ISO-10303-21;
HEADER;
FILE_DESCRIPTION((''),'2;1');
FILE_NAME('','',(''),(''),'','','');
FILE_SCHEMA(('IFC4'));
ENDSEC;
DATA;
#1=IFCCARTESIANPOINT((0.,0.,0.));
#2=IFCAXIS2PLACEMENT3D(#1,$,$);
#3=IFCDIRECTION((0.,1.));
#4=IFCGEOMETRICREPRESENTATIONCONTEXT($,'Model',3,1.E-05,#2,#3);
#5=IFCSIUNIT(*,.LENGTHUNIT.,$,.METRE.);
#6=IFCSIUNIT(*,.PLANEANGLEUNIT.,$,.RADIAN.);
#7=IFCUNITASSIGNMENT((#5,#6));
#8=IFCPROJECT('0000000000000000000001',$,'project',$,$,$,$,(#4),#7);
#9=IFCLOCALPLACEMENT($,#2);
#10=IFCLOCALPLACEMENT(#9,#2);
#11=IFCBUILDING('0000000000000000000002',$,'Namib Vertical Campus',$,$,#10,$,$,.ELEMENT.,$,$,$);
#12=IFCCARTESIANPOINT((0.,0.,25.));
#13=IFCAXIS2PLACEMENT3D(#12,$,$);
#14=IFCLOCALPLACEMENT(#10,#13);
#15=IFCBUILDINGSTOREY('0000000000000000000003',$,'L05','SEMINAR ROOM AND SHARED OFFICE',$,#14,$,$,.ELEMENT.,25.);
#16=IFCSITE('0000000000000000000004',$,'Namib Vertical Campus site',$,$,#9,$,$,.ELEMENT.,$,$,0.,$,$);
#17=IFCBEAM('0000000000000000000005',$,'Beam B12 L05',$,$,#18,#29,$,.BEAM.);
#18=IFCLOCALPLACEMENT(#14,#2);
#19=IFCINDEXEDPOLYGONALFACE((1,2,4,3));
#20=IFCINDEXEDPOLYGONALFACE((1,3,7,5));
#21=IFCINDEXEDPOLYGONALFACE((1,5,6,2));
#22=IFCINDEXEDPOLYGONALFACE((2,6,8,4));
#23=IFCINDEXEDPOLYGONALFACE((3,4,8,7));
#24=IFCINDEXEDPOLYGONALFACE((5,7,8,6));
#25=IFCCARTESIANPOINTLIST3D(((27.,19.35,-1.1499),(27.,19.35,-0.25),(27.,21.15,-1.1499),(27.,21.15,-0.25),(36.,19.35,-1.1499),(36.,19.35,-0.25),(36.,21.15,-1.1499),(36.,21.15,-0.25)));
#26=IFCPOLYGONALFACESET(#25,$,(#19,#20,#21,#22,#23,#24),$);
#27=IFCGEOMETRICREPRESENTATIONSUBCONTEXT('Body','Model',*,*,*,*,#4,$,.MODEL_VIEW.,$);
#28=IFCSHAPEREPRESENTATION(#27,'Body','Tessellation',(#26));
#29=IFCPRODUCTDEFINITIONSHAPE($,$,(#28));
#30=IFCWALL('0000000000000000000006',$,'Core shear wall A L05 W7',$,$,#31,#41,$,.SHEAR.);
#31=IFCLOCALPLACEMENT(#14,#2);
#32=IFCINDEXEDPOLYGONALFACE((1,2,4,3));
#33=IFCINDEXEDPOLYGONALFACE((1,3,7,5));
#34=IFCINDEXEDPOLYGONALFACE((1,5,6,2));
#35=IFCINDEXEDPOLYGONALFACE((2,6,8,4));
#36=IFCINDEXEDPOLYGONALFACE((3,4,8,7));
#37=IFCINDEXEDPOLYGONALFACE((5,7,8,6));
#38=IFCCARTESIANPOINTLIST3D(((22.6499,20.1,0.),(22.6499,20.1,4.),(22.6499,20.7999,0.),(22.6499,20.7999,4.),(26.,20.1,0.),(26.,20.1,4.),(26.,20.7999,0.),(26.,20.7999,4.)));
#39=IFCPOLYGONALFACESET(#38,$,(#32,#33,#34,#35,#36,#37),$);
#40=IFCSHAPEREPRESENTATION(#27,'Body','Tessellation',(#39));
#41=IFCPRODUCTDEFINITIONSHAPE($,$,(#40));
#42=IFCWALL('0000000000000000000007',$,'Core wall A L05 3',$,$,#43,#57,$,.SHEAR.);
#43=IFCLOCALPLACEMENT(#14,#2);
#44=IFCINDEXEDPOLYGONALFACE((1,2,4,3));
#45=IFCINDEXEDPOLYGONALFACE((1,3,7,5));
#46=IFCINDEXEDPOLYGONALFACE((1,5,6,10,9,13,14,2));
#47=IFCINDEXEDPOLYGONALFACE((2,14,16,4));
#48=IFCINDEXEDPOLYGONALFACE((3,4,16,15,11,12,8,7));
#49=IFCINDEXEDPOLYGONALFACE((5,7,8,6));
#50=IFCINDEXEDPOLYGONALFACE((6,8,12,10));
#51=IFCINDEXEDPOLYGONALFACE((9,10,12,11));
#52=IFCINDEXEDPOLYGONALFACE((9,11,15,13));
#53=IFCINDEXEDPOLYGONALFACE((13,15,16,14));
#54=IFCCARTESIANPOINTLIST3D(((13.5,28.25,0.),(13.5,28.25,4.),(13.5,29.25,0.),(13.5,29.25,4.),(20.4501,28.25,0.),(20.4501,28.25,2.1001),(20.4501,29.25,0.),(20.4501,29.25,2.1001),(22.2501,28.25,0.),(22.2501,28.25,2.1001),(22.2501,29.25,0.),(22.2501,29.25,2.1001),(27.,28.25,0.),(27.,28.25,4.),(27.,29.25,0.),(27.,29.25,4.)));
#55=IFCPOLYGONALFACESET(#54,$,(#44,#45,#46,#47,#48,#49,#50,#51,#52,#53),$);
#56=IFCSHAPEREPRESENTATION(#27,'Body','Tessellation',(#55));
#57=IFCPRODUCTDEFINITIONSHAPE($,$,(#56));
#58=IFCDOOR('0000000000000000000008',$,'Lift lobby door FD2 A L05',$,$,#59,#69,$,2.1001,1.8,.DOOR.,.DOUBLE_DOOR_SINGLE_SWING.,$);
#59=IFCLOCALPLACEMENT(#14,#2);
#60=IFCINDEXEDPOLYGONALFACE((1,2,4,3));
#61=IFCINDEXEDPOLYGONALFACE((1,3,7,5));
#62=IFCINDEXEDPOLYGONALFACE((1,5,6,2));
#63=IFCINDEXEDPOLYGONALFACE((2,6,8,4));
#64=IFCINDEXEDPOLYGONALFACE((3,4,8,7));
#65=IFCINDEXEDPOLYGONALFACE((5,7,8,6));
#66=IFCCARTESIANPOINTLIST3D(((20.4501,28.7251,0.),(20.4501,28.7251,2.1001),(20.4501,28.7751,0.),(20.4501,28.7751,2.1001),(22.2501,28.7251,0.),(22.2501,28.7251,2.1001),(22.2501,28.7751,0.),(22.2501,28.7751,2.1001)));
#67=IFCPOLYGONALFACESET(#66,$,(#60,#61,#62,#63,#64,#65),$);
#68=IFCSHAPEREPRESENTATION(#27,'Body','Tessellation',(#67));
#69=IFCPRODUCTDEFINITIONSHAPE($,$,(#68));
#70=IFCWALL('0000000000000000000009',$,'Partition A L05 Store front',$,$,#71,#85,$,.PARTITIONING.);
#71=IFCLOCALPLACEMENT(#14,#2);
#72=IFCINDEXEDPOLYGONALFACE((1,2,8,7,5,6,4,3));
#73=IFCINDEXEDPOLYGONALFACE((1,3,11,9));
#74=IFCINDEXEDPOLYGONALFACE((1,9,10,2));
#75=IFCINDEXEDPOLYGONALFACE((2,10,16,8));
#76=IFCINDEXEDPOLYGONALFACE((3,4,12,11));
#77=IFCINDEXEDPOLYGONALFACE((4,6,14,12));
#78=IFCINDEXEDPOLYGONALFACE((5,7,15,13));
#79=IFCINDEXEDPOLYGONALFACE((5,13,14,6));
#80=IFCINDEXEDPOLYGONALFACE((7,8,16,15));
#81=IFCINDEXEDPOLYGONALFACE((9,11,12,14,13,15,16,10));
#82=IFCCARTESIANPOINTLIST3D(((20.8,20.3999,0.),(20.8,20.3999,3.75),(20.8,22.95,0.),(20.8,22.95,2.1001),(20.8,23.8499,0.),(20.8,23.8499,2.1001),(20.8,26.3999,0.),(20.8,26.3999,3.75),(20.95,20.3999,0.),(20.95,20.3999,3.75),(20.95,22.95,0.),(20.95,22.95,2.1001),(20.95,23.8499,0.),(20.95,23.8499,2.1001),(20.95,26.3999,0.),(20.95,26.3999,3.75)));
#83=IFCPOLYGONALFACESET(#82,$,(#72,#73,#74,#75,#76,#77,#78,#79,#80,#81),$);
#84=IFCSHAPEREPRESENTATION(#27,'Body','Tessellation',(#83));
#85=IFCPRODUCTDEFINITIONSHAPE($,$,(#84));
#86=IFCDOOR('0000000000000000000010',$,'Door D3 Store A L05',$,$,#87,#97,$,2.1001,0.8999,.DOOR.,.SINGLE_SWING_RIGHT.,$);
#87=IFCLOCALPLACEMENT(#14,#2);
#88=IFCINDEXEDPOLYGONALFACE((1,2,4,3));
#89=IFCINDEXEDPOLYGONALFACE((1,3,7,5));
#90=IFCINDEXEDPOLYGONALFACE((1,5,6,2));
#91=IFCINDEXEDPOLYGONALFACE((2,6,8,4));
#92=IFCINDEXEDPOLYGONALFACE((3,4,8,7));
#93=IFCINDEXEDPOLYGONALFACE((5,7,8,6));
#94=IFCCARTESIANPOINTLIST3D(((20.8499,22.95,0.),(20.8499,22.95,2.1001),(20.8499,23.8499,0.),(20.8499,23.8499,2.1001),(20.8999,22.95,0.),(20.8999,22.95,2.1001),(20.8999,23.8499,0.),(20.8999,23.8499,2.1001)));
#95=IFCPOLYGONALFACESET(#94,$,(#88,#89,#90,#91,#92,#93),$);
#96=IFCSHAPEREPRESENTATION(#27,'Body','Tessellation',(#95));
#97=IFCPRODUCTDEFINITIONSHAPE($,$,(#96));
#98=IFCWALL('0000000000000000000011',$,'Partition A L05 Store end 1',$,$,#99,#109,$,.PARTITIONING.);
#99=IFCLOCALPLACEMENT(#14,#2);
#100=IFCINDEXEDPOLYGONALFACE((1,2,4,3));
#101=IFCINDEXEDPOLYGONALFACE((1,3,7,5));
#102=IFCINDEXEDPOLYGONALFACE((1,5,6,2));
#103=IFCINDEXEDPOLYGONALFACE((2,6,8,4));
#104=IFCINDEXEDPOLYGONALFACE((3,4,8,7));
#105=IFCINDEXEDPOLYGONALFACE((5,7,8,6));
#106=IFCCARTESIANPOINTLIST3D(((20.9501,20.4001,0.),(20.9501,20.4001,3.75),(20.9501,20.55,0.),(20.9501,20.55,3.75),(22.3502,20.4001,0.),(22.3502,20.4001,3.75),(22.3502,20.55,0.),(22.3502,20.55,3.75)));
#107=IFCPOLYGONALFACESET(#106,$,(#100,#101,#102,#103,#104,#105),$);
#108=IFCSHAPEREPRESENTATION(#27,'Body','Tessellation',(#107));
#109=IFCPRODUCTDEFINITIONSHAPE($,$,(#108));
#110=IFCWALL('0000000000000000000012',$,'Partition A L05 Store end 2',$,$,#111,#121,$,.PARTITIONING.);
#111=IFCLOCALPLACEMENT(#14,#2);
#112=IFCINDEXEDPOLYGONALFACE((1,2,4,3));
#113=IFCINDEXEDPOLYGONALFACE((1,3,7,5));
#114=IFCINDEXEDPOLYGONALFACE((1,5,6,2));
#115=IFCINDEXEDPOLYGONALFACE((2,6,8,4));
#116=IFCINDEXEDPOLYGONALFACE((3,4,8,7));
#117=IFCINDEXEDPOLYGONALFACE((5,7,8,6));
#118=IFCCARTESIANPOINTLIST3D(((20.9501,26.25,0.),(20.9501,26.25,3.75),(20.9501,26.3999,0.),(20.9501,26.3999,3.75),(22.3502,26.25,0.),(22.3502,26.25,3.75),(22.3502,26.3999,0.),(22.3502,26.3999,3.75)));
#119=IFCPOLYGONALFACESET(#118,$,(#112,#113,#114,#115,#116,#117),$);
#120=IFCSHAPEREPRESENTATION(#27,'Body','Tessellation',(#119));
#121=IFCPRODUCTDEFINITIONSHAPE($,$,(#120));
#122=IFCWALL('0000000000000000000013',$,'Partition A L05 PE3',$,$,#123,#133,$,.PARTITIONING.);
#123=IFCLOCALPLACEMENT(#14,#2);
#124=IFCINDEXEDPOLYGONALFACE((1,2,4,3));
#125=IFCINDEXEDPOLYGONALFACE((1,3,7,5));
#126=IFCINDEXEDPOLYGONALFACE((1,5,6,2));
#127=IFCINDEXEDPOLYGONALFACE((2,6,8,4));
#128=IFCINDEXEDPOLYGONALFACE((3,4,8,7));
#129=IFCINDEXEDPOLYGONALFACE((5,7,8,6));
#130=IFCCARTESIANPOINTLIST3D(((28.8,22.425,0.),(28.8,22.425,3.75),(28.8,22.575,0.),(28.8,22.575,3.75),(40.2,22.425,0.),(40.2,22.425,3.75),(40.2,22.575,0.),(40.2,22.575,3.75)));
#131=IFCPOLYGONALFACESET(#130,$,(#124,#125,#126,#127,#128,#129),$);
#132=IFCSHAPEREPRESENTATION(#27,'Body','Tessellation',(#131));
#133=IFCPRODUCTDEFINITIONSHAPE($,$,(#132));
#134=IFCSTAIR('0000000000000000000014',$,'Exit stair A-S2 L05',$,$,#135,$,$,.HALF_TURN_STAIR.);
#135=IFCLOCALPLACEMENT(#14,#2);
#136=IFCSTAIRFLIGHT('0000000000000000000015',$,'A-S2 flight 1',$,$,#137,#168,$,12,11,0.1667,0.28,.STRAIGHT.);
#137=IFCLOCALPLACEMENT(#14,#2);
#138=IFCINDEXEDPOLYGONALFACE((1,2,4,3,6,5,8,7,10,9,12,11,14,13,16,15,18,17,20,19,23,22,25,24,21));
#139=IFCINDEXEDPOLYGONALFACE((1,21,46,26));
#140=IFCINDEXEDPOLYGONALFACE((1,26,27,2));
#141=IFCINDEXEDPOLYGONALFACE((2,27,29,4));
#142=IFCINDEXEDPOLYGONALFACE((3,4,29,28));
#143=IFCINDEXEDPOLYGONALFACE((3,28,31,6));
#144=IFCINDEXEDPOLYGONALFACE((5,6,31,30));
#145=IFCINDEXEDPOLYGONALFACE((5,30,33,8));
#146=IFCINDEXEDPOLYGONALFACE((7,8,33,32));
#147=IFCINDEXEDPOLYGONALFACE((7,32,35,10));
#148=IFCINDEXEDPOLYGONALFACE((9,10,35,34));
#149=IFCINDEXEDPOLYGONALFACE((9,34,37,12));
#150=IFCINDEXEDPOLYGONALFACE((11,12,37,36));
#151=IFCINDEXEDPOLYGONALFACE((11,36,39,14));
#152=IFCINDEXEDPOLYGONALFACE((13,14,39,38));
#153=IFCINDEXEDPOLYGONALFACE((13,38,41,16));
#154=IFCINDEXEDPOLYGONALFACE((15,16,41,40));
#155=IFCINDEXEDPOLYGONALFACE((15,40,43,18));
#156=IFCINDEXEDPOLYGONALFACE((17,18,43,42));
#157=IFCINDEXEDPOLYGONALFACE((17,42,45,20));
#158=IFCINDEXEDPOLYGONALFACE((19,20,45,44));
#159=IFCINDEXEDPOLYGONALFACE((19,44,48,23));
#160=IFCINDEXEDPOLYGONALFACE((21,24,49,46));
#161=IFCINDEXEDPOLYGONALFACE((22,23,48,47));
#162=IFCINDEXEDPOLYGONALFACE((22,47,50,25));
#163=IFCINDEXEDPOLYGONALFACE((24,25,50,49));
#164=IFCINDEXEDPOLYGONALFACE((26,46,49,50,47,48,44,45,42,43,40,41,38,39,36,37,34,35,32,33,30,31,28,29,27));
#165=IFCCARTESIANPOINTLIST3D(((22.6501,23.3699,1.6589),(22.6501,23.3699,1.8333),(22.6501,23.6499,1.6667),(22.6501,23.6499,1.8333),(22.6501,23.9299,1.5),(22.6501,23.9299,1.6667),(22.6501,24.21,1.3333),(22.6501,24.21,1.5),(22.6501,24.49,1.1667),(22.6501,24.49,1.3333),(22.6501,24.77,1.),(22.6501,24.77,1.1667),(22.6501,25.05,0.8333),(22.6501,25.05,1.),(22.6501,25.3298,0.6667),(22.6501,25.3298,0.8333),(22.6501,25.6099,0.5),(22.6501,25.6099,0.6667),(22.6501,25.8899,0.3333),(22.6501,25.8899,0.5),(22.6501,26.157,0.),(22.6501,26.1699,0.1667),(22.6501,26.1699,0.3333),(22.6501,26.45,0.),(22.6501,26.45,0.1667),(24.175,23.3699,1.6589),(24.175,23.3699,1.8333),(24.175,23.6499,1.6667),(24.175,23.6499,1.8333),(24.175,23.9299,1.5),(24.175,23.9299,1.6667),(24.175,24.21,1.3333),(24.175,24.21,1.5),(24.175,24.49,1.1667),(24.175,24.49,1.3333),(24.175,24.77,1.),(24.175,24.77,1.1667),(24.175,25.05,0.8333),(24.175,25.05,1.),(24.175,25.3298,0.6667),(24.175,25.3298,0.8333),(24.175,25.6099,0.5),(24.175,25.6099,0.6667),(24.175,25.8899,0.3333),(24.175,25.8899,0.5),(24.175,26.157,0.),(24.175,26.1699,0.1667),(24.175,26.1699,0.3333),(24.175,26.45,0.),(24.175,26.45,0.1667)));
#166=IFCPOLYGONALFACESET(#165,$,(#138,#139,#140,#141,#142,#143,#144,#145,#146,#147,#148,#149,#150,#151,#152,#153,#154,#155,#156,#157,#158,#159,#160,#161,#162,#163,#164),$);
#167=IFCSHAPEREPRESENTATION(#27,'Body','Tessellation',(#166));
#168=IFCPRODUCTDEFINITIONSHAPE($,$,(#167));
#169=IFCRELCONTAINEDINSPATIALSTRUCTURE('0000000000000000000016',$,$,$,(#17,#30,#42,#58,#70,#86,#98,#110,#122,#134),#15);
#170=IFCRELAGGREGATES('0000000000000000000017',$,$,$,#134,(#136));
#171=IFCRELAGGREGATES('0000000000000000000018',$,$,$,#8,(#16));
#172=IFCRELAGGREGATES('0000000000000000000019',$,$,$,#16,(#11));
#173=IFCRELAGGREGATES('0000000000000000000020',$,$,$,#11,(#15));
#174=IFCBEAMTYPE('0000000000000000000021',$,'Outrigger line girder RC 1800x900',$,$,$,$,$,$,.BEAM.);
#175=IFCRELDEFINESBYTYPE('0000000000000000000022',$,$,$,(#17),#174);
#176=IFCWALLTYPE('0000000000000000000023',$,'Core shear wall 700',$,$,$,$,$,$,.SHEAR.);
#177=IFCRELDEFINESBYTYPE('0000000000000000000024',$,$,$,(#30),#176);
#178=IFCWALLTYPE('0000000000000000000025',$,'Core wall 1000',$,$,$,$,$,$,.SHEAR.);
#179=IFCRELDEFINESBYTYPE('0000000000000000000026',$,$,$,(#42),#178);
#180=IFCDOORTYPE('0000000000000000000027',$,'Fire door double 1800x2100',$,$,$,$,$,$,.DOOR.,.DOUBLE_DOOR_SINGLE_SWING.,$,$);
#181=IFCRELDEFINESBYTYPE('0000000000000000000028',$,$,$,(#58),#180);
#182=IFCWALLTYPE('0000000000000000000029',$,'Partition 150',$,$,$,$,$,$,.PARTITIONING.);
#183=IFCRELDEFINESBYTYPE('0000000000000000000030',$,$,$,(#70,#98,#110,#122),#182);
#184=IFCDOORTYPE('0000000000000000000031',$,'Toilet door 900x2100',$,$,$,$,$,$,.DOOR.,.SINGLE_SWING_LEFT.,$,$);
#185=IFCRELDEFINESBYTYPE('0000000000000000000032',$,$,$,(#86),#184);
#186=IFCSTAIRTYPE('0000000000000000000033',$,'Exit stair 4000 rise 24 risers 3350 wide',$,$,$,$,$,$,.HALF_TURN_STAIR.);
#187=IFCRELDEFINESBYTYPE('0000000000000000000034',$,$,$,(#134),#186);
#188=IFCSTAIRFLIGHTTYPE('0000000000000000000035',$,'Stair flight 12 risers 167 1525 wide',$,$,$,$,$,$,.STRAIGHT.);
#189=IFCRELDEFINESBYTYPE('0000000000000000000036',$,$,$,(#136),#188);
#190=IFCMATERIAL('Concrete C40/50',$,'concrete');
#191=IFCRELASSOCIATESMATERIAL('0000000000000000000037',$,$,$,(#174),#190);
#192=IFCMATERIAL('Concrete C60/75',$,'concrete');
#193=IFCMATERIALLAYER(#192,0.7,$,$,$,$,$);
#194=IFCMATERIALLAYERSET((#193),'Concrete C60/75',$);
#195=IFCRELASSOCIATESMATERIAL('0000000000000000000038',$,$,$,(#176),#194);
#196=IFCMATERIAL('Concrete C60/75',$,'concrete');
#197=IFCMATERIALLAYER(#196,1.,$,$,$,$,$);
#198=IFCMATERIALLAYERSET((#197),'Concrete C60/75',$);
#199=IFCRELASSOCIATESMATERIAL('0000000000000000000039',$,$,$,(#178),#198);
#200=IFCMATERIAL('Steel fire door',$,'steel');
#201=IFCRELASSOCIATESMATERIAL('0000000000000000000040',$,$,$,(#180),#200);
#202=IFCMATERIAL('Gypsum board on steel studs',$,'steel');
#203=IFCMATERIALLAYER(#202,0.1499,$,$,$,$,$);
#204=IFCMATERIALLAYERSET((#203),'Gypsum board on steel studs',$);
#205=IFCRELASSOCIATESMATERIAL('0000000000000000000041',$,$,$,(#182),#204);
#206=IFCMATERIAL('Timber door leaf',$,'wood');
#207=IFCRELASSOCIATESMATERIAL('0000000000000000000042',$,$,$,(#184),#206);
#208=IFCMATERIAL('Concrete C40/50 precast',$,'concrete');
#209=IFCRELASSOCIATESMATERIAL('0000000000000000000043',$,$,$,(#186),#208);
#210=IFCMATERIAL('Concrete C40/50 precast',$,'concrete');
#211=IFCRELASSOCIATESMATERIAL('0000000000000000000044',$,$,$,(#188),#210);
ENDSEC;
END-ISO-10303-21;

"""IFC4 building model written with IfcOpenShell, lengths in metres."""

from ifc_helpers import new_model, si_unit, direction, frame, frame_2d, origin, origin_2d, place, context, subcontext, project, spatial, polyline, rectangle, outline, extrude, material, layer, layer_set, material_profile, profile_set, type_object, element, fill, aggregate, save


model = new_model("IFC4")

# Units and contexts
model_context = context("Model", 3, precision=1e-05, world=origin(), true_north=direction((0.0, 1.0)))
body_context = subcontext(model_context, "Body", "Model", "MODEL_VIEW")
ifc_project = project(units=[si_unit("LENGTHUNIT", "METRE"), si_unit("PLANEANGLEUNIT", "RADIAN")], contexts=[model_context])

# Site, building, storey
site_placement = place(None, origin())
site = spatial("IfcSite", under=ifc_project, at=site_placement, Name="Namib Vertical Campus site", CompositionType="ELEMENT", RefElevation=0.0)
building_placement = place(site_placement, origin())
building = spatial("IfcBuilding", under=site, at=building_placement, Name="Namib Vertical Campus", CompositionType="ELEMENT")
storey_placement = place(building_placement, frame((0.0, 0.0, 25.0)))
storey = spatial("IfcBuildingStorey", under=building, at=storey_placement, Name="L05", Description="SEMINAR ROOM AND SHARED OFFICE", CompositionType="ELEMENT", Elevation=25.0)

# Beam
ifc_material_1 = material(Name="Concrete C40/50", Category="concrete")
ifc_material_profile_1 = material_profile(ifc_material_1, rectangle(XDim=1.8, YDim=0.8999, at=origin_2d()))
ifc_profile_set_1 = profile_set([ifc_material_profile_1], Name="Concrete C40/50")
beam_type_1 = type_object("IfcBeamType", Name="Outrigger line girder RC 1800x900", PredefinedType="BEAM", material=ifc_profile_set_1)
beam_1_placement = place(storey_placement, frame((36.0, 20.25, -0.7), z_axis=(-1.0, 0.0, 0.0), x_axis=(0.0, -1.0, 0.0)))
element("IfcBeam", 1, at=beam_1_placement, inside=storey, type_object=beam_type_1, Name="Beam B12 L05", PredefinedType="BEAM", context=body_context, shape_type="SweptSolid", body=[
    extrude(rectangle(XDim=1.8, YDim=0.8999, at=origin_2d()), origin(), (0.0, 0.0, 1.0), 9.0),
])

# Wall
ifc_material_2 = material(Name="Concrete C60/75", Category="concrete")
ifc_layer_1 = layer(ifc_material_2, 0.7)
ifc_layer_set_1 = layer_set([ifc_layer_1], Name="Concrete C60/75")
wall_type_1 = type_object("IfcWallType", Name="Core shear wall 700", PredefinedType="SHEAR", material=ifc_layer_set_1)
wall_1_placement = place(storey_placement, frame((22.6499, 20.45, 0.0), z_axis=(0.0, 0.0, 1.0), x_axis=(1.0, 0.0, 0.0)))
element("IfcWall", 2, at=wall_1_placement, inside=storey, type_object=wall_type_1, Name="Core shear wall A L05 W7", PredefinedType="SHEAR", context=body_context, shape_type="SweptSolid", body=[
    extrude(rectangle(XDim=3.3501, YDim=0.7, at=frame_2d((1.675, 0.0))), origin(), (0.0, 0.0, 1.0), 4.0),
])

# Walls, openings, doors
ifc_material_3 = material(Name="Concrete C60/75", Category="concrete")
ifc_layer_2 = layer(ifc_material_3, 1.0)
ifc_layer_set_2 = layer_set([ifc_layer_2], Name="Concrete C60/75")
wall_type_2 = type_object("IfcWallType", Name="Core wall 1000", PredefinedType="SHEAR", material=ifc_layer_set_2)
wall_2_placement = place(storey_placement, frame((27.0, 28.75, 0.0), z_axis=(0.0, 0.0, 1.0), x_axis=(-1.0, 0.0, 0.0)))
wall_2 = element("IfcWall", 3, at=wall_2_placement, inside=storey, type_object=wall_type_2, Name="Core wall A L05 3", PredefinedType="SHEAR", context=body_context, shape_type="SweptSolid", body=[
    extrude(rectangle(XDim=13.5, YDim=1.0, at=frame_2d((6.75, 0.0))), origin(), (0.0, 0.0, 1.0), 4.0),
])
opening_1_placement = place(wall_2_placement, frame((4.75, 0.0, 0.0)))
opening_1 = element("IfcOpeningElement", 4, at=opening_1_placement, cuts=wall_2, PredefinedType="OPENING", context=body_context, shape_type="SweptSolid", body=[
    extrude(rectangle(XDim=1.8, YDim=2.1001, at=frame_2d((0.8999, 1.05))), frame((0.0, 0.51, 0.0), z_axis=(0.0, -1.0, 0.0), x_axis=(1.0, 0.0, 0.0)), (0.0, 0.0, 1.0), 1.02),
])
ifc_material_4 = material(Name="Steel fire door", Category="steel")
door_type_1 = type_object("IfcDoorType", Name="Fire door double 1800x2100", OperationType="DOUBLE_DOOR_SINGLE_SWING", PredefinedType="DOOR", material=ifc_material_4)
door_1_placement = place(opening_1_placement, origin())
door_1 = element("IfcDoor", 5, at=door_1_placement, inside=storey, type_object=door_type_1, Name="Lift lobby door FD2 A L05", OperationType="DOUBLE_DOOR_SINGLE_SWING", OverallHeight=2.1001, OverallWidth=1.8, PredefinedType="DOOR", context=body_context, shape_type="SweptSolid", body=[
    extrude(rectangle(XDim=1.8, YDim=2.1001, at=frame_2d((0.8999, 1.05))), frame((0.0, 0.0249, 0.0), z_axis=(0.0, -1.0, 0.0), x_axis=(1.0, 0.0, 0.0)), (0.0, 0.0, 1.0), 0.05),
])
fill(opening_1, door_1)
ifc_material_5 = material(Name="Gypsum board on steel studs", Category="steel")
ifc_layer_3 = layer(ifc_material_5, 0.1499)
ifc_layer_set_3 = layer_set([ifc_layer_3], Name="Gypsum board on steel studs")
wall_type_3 = type_object("IfcWallType", Name="Partition 150", PredefinedType="PARTITIONING", material=ifc_layer_set_3)
wall_3_placement = place(storey_placement, frame((20.875, 20.3999, 0.0), z_axis=(0.0, 0.0, 1.0), x_axis=(0.0, 1.0, 0.0)))
wall_3 = element("IfcWall", 6, at=wall_3_placement, inside=storey, type_object=wall_type_3, Name="Partition A L05 Store front", PredefinedType="PARTITIONING", context=body_context, shape_type="SweptSolid", body=[
    extrude(rectangle(XDim=6.0, YDim=0.1499, at=frame_2d((3.0, 0.0))), origin(), (0.0, 0.0, 1.0), 3.75),
])
opening_2_placement = place(wall_3_placement, frame((2.55, 0.0, 0.0)))
opening_2 = element("IfcOpeningElement", 7, at=opening_2_placement, cuts=wall_3, PredefinedType="OPENING", context=body_context, shape_type="SweptSolid", body=[
    extrude(rectangle(XDim=0.8999, YDim=2.1001, at=frame_2d((0.45, 1.05))), frame((0.0, 0.085, 0.0), z_axis=(0.0, -1.0, 0.0), x_axis=(1.0, 0.0, 0.0)), (0.0, 0.0, 1.0), 0.1699),
])
ifc_material_6 = material(Name="Timber door leaf", Category="wood")
door_type_2 = type_object("IfcDoorType", Name="Toilet door 900x2100", OperationType="SINGLE_SWING_LEFT", PredefinedType="DOOR", material=ifc_material_6)
door_2_placement = place(opening_2_placement, frame((0.8999, 0.0, 0.0), z_axis=(0.0, 0.0, 1.0), x_axis=(-1.0, 0.0, 0.0)))
door_2 = element("IfcDoor", 8, at=door_2_placement, inside=storey, type_object=door_type_2, Name="Door D3 Store A L05", OperationType="SINGLE_SWING_RIGHT", OverallHeight=2.1001, OverallWidth=0.8999, PredefinedType="DOOR", context=body_context, shape_type="SweptSolid", body=[
    extrude(rectangle(XDim=0.8999, YDim=2.1001, at=frame_2d((0.45, 1.05))), frame((0.0, 0.0249, 0.0), z_axis=(0.0, -1.0, 0.0), x_axis=(1.0, 0.0, 0.0)), (0.0, 0.0, 1.0), 0.05),
])
fill(opening_2, door_2)

# Walls
for number, where, z_axis, x_axis, name in (
    (9, (20.95, 20.4751, 0.0), (0.0, 0.0, 1.0), (1.0, 0.0, 0.0), "Partition A L05 Store end 1"),
    (10, (20.95, 26.325, 0.0), (0.0, 0.0, 1.0), (1.0, 0.0, 0.0), "Partition A L05 Store end 2"),
):
    element("IfcWall", number, at=place(storey_placement, frame(where, z_axis=z_axis, x_axis=x_axis)), inside=storey, type_object=wall_type_3, Name=name, PredefinedType="PARTITIONING", context=body_context, shape_type="SweptSolid", body=[
        extrude(rectangle(XDim=1.4001, YDim=0.1499, at=frame_2d((0.7002, 0.0))), origin(), (0.0, 0.0, 1.0), 3.75),
    ])
wall_4_placement = place(storey_placement, frame((28.8, 22.5, 0.0), z_axis=(0.0, 0.0, 1.0), x_axis=(1.0, 0.0, 0.0)))
element("IfcWall", 11, at=wall_4_placement, inside=storey, type_object=wall_type_3, Name="Partition A L05 PE3", PredefinedType="PARTITIONING", context=body_context, shape_type="SweptSolid", body=[
    extrude(rectangle(XDim=11.3999, YDim=0.1499, at=frame_2d((5.7, 0.0))), origin(), (0.0, 0.0, 1.0), 3.75),
])

# Stair, stair flight
ifc_material_7 = material(Name="Concrete C40/50 precast", Category="concrete")
stair_type = type_object("IfcStairType", Name="Exit stair 4000 rise 24 risers 3350 wide", PredefinedType="HALF_TURN_STAIR", material=ifc_material_7)
stair_placement = place(storey_placement, origin())
stair = element("IfcStair", 12, at=stair_placement, inside=storey, type_object=stair_type, Name="Exit stair A-S2 L05", PredefinedType="HALF_TURN_STAIR")
ifc_material_8 = material(Name="Concrete C40/50 precast", Category="concrete")
stair_flight_type = type_object("IfcStairFlightType", Name="Stair flight 12 risers 167 1525 wide", PredefinedType="STRAIGHT", material=ifc_material_8)
stair_flight_1_placement = place(storey_placement, frame((23.4126, 26.45, 0.0), z_axis=(0.0, 0.0, 1.0), x_axis=(0.0, -1.0, 0.0)))
stair_flight_1 = element("IfcStairFlight", 13, at=stair_flight_1_placement, type_object=stair_flight_type, Name="A-S2 flight 1", NumberOfRisers=12, NumberOfTreads=11, PredefinedType="STRAIGHT", RiserHeight=0.1667, TreadLength=0.28, context=body_context, shape_type="SweptSolid", body=[
    extrude(outline(polyline([(0.0, 0.0), (0.0, 0.1667), (0.28, 0.1667), (0.28, 0.3333), (0.5601, 0.3333), (0.5601, 0.5), (0.8401, 0.5), (0.8401, 0.6667), (1.1201, 0.6667), (1.1201, 0.8333), (1.3999, 0.8333), (1.3999, 1.0), (1.6799, 1.0), (1.6799, 1.1667), (1.96, 1.1667), (1.96, 1.3333), (2.24, 1.3333), (2.24, 1.5), (2.52, 1.5), (2.52, 1.6667), (2.8, 1.6667), (2.8, 1.8333), (3.0801, 1.8333), (3.0801, 2.0), (3.0801, 1.6589), (0.293, 0.0), (0.0, 0.0)])), frame((0.0, 0.7625, 0.0), z_axis=(0.0, -1.0, 0.0), x_axis=(1.0, 0.0, 0.0)), (0.0, 0.0, 1.0), 1.5249),
])
aggregate(stair, [stair_flight_1])

save(model, "model.ifc")
